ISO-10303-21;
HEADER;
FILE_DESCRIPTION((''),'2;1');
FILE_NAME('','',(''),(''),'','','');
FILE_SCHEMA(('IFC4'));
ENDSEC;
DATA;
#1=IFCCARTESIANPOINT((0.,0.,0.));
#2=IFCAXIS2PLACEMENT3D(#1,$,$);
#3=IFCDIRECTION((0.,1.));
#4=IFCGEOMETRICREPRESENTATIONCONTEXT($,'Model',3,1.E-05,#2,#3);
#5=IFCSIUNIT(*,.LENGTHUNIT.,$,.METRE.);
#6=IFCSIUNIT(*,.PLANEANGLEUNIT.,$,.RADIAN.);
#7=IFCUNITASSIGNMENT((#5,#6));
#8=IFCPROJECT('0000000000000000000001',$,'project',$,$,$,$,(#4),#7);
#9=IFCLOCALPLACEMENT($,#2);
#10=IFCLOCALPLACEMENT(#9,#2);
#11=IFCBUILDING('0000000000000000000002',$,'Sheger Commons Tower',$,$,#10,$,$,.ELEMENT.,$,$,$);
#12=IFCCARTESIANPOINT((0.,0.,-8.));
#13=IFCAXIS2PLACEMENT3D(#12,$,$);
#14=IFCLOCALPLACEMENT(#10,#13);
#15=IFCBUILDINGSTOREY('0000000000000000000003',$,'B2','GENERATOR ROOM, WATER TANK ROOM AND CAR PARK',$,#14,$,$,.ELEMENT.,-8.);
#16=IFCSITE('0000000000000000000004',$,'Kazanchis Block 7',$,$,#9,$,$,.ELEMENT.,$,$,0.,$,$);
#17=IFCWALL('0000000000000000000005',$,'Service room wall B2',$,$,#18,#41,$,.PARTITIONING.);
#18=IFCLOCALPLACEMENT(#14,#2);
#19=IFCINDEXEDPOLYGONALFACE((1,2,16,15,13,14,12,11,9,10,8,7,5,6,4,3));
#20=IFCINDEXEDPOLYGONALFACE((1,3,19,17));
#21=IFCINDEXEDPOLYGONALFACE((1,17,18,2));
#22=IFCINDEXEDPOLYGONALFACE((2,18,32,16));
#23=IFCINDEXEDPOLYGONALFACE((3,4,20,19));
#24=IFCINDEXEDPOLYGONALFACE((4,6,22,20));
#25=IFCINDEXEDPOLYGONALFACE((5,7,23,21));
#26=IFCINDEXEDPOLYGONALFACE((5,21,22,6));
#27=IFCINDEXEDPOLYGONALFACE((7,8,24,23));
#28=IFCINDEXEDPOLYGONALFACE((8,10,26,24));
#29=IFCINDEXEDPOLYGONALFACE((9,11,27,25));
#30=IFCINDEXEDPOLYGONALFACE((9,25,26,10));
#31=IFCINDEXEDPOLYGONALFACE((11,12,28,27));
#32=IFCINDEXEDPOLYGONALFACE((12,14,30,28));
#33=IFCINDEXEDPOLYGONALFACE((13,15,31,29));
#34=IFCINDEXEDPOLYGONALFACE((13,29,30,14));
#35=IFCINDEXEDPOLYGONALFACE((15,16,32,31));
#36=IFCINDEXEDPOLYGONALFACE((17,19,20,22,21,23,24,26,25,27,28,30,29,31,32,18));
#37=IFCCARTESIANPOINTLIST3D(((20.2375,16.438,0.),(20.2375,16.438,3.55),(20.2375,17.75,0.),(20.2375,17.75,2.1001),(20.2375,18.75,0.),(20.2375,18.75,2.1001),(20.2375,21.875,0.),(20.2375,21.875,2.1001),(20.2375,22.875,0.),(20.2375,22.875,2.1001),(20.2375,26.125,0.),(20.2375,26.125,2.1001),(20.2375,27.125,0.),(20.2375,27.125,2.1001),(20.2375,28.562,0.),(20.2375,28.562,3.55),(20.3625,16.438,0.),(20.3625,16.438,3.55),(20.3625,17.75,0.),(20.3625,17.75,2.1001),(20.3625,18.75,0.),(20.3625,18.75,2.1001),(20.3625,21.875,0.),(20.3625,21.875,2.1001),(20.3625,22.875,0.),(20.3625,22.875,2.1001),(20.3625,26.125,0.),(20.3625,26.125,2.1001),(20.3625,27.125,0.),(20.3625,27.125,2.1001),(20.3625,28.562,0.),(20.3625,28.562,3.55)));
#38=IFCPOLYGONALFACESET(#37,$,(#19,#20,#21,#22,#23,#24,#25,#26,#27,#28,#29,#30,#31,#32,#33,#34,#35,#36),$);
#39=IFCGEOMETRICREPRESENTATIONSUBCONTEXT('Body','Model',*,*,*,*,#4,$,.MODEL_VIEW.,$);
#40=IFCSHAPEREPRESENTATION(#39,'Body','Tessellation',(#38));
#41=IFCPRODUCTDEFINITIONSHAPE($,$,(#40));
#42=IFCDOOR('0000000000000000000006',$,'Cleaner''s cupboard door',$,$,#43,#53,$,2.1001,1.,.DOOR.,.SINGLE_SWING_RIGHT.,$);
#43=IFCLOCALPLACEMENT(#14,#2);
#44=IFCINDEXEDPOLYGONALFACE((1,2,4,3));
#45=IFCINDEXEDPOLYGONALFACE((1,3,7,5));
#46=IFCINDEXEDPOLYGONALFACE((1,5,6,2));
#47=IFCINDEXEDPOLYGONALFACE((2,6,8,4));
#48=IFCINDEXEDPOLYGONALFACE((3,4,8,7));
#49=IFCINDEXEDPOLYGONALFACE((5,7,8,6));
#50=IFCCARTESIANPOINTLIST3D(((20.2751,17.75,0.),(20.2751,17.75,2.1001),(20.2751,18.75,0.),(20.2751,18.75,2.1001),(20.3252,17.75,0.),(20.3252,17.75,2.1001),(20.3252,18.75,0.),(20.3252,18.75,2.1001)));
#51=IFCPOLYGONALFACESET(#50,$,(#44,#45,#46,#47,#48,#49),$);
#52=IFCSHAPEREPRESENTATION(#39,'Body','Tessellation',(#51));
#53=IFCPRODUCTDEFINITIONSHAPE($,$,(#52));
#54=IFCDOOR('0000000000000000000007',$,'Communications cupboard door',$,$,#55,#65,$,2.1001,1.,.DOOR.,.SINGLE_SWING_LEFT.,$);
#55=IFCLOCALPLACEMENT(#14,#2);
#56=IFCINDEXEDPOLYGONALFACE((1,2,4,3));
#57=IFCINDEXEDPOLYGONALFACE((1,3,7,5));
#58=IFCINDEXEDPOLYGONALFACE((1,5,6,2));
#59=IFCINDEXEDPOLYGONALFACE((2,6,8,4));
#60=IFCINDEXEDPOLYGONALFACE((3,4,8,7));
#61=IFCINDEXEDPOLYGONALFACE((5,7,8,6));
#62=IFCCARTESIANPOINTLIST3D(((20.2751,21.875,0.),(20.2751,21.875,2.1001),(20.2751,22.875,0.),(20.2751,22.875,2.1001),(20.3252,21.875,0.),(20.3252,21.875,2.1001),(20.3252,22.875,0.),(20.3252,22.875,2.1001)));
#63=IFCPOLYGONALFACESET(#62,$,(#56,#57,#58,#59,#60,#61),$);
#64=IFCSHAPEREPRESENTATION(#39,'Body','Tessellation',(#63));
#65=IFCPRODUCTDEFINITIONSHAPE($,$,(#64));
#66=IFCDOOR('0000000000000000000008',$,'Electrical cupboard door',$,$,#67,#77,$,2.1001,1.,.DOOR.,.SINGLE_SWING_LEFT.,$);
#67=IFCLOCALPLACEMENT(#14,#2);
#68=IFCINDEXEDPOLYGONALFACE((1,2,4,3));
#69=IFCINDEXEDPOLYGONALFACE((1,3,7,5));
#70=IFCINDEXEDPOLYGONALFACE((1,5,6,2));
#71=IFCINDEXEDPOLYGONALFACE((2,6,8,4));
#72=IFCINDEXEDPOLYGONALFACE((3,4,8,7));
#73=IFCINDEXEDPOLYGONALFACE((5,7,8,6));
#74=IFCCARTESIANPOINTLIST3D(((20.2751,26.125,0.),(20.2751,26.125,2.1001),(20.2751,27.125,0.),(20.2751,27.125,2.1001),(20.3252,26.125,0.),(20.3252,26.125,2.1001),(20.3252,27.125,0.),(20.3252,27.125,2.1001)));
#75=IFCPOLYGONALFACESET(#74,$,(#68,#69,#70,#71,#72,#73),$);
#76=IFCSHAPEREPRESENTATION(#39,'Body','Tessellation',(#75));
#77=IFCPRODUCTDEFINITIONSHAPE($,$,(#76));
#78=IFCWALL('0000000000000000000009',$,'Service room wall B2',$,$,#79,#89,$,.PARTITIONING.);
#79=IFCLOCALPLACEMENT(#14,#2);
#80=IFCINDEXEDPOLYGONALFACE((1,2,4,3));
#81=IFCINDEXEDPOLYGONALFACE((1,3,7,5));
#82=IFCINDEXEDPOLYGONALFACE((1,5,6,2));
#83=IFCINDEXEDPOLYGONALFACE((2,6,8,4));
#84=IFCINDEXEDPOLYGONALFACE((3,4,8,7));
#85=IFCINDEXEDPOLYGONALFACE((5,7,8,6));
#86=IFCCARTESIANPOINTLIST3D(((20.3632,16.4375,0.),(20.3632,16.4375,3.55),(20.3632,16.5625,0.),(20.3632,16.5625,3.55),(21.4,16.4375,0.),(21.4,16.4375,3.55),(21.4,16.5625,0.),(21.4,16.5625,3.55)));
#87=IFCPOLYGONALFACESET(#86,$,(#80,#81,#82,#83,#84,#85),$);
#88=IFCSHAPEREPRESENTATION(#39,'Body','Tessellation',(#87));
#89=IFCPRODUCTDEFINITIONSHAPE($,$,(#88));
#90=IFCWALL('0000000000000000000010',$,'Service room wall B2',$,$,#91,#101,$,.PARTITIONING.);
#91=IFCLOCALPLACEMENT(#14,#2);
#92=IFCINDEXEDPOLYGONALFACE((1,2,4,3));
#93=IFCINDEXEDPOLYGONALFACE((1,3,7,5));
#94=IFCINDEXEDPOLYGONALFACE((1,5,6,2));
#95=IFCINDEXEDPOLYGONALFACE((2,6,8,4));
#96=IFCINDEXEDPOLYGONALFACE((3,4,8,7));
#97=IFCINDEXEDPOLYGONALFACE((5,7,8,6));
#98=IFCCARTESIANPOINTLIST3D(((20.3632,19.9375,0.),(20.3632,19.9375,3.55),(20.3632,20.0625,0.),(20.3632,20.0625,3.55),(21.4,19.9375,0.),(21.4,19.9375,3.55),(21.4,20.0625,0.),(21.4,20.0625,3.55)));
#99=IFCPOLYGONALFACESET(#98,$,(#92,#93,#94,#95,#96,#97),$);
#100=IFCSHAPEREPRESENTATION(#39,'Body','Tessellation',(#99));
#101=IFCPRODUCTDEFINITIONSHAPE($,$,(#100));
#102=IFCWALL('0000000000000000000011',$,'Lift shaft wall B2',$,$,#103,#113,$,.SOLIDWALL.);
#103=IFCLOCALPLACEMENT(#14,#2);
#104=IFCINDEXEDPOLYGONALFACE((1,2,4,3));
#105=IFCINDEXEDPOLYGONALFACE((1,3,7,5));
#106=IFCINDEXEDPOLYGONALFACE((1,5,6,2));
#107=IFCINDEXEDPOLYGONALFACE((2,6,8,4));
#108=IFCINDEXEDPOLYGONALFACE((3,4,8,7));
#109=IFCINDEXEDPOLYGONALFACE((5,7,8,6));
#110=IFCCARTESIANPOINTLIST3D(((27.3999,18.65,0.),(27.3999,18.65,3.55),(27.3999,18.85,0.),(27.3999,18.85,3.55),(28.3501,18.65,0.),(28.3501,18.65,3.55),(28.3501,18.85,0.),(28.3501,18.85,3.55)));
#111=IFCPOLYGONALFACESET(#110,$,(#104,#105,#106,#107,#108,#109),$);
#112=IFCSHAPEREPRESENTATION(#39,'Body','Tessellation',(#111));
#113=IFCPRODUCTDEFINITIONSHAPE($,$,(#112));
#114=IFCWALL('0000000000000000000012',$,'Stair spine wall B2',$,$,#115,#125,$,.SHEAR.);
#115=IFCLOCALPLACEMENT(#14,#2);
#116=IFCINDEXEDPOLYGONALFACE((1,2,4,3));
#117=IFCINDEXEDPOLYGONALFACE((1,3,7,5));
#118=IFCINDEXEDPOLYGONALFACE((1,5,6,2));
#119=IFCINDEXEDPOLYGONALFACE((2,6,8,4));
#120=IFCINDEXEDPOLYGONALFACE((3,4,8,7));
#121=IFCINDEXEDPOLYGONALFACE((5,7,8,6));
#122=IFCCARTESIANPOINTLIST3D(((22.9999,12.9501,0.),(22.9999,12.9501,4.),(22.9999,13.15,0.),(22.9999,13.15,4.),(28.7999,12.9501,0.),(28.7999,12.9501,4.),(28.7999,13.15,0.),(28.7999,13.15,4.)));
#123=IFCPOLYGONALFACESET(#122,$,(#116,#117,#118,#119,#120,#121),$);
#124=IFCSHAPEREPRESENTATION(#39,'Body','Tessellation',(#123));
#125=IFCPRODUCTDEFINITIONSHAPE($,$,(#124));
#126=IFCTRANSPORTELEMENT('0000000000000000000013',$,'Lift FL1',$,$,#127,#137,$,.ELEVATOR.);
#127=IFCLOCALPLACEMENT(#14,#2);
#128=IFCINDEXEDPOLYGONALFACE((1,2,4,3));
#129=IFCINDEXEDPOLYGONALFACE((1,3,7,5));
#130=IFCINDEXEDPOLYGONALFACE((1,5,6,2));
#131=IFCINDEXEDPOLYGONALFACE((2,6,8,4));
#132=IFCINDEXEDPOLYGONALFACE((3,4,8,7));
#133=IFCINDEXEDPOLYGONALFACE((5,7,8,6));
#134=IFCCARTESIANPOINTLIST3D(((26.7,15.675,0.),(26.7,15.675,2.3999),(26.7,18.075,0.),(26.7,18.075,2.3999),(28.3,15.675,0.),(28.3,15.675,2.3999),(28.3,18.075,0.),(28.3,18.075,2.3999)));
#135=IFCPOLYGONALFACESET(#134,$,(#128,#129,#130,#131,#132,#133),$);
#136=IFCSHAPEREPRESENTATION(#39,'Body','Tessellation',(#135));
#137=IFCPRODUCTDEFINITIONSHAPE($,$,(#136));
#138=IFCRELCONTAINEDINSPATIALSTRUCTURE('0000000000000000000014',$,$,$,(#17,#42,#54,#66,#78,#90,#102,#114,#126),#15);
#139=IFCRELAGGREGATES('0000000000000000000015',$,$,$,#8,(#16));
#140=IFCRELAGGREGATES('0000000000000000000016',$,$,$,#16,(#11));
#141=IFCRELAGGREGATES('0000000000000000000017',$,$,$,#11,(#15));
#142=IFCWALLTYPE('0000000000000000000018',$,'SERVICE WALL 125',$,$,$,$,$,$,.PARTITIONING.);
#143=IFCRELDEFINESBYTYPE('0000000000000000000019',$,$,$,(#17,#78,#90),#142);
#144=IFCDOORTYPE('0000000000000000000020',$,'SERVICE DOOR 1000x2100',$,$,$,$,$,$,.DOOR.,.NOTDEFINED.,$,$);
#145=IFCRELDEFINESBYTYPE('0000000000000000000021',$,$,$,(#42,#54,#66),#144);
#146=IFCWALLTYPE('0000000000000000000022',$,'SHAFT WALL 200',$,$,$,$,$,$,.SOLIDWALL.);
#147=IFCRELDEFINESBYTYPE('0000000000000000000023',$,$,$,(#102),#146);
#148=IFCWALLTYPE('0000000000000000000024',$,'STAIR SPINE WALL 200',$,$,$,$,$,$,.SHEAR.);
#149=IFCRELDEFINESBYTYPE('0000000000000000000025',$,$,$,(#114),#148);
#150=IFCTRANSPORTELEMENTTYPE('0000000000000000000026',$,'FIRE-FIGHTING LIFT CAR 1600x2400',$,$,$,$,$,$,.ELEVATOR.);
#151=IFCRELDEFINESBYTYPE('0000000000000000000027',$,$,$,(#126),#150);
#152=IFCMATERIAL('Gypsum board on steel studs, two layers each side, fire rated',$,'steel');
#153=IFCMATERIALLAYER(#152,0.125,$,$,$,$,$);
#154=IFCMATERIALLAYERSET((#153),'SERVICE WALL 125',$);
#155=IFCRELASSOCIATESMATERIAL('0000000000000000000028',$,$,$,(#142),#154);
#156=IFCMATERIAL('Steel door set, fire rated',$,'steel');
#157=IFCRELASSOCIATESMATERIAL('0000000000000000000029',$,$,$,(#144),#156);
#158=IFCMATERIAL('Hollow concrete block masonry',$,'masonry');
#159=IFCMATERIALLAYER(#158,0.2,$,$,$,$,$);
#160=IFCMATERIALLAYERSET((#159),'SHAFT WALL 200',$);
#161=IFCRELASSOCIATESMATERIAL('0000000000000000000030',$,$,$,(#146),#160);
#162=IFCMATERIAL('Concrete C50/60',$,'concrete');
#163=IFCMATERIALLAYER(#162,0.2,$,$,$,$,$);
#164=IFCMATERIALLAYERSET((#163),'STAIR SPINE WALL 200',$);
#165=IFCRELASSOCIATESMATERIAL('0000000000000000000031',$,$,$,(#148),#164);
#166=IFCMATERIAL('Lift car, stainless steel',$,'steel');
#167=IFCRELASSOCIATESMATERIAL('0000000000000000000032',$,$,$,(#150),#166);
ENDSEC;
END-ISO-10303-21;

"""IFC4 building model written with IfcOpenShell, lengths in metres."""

from ifc_helpers import new_model, si_unit, direction, frame, frame_2d, origin, origin_2d, place, context, subcontext, project, spatial, rectangle, extrude, material, layer, layer_set, type_object, element, fill, save


model = new_model("IFC4")

# Units and contexts
model_context = context("Model", 3, precision=1e-05, world=origin(), true_north=direction((0.0, 1.0)))
body_context = subcontext(model_context, "Body", "Model", "MODEL_VIEW")
ifc_project = project(units=[si_unit("LENGTHUNIT", "METRE"), si_unit("PLANEANGLEUNIT", "RADIAN")], contexts=[model_context])

# Site, building, storey
site_placement = place(None, origin())
site = spatial("IfcSite", under=ifc_project, at=site_placement, Name="Kazanchis Block 7", CompositionType="ELEMENT", RefElevation=0.0)
building_placement = place(site_placement, origin())
building = spatial("IfcBuilding", under=site, at=building_placement, Name="Sheger Commons Tower", CompositionType="ELEMENT")
storey_placement = place(building_placement, frame((0.0, 0.0, -8.0)))
storey = spatial("IfcBuildingStorey", under=building, at=storey_placement, Name="B2", Description="GENERATOR ROOM, WATER TANK ROOM AND CAR PARK", CompositionType="ELEMENT", Elevation=-8.0)

# Wall, openings, doors
ifc_material_1 = material(Name="Gypsum board on steel studs, two layers each side, fire rated", Category="steel")
ifc_layer_1 = layer(ifc_material_1, 0.125)
ifc_layer_set_1 = layer_set([ifc_layer_1], Name="SERVICE WALL 125")
wall_type_1 = type_object("IfcWallType", Name="SERVICE WALL 125", PredefinedType="PARTITIONING", material=ifc_layer_set_1)
wall_1_placement = place(storey_placement, frame((20.3, 16.438, 0.0), z_axis=(0.0, 0.0, 1.0), x_axis=(0.0, 1.0, 0.0)))
wall_1 = element("IfcWall", 1, at=wall_1_placement, inside=storey, type_object=wall_type_1, Name="Service room wall B2", PredefinedType="PARTITIONING", context=body_context, shape_type="SweptSolid", body=[
    extrude(rectangle(XDim=12.124, YDim=0.125, at=frame_2d((6.062, 0.0))), origin(), (0.0, 0.0, 1.0), 3.55),
])
opening_1_placement = place(wall_1_placement, frame((1.312, 0.0, 0.0)))
opening_1 = element("IfcOpeningElement", 2, at=opening_1_placement, cuts=wall_1, PredefinedType="OPENING", context=body_context, shape_type="SweptSolid", body=[
    extrude(rectangle(XDim=1.0, YDim=2.1001, at=frame_2d((0.5, 1.05))), frame((0.0, 0.0725, 0.0), z_axis=(0.0, -1.0, 0.0), x_axis=(1.0, 0.0, 0.0)), (0.0, 0.0, 1.0), 0.145),
])
opening_2_placement = place(wall_1_placement, frame((5.437, 0.0, 0.0)))
opening_2 = element("IfcOpeningElement", 3, at=opening_2_placement, cuts=wall_1, PredefinedType="OPENING", context=body_context, shape_type="SweptSolid", body=[
    extrude(rectangle(XDim=1.0, YDim=2.1001, at=frame_2d((0.5, 1.05))), frame((0.0, 0.0725, 0.0), z_axis=(0.0, -1.0, 0.0), x_axis=(1.0, 0.0, 0.0)), (0.0, 0.0, 1.0), 0.145),
])
opening_3_placement = place(wall_1_placement, frame((9.687, 0.0, 0.0)))
opening_3 = element("IfcOpeningElement", 4, at=opening_3_placement, cuts=wall_1, PredefinedType="OPENING", context=body_context, shape_type="SweptSolid", body=[
    extrude(rectangle(XDim=1.0, YDim=2.1001, at=frame_2d((0.5, 1.05))), frame((0.0, 0.0725, 0.0), z_axis=(0.0, -1.0, 0.0), x_axis=(1.0, 0.0, 0.0)), (0.0, 0.0, 1.0), 0.145),
])
ifc_material_2 = material(Name="Steel door set, fire rated", Category="steel")
door_type_1 = type_object("IfcDoorType", Name="SERVICE DOOR 1000x2100", OperationType="NOTDEFINED", PredefinedType="DOOR", material=ifc_material_2)
door_1_placement = place(opening_1_placement, origin())
door_1 = element("IfcDoor", 5, at=door_1_placement, inside=storey, type_object=door_type_1, Name="Cleaner's cupboard door", OperationType="SINGLE_SWING_RIGHT", OverallHeight=2.1001, OverallWidth=1.0, PredefinedType="DOOR", context=body_context, shape_type="SweptSolid", body=[
    extrude(rectangle(XDim=1.0, YDim=2.1001, at=frame_2d((0.5, 1.05))), frame((0.0, 0.0249, 0.0), z_axis=(0.0, -1.0, 0.0), x_axis=(1.0, 0.0, 0.0)), (0.0, 0.0, 1.0), 0.05),
])
fill(opening_1, door_1)
door_2_placement = place(opening_2_placement, origin())
door_2 = element("IfcDoor", 6, at=door_2_placement, inside=storey, type_object=door_type_1, Name="Communications cupboard door", OperationType="SINGLE_SWING_LEFT", OverallHeight=2.1001, OverallWidth=1.0, PredefinedType="DOOR", context=body_context, shape_type="SweptSolid", body=[
    extrude(rectangle(XDim=1.0, YDim=2.1001, at=frame_2d((0.5, 1.05))), frame((0.0, 0.0249, 0.0), z_axis=(0.0, -1.0, 0.0), x_axis=(1.0, 0.0, 0.0)), (0.0, 0.0, 1.0), 0.05),
])
fill(opening_2, door_2)
door_3_placement = place(opening_3_placement, origin())
door_3 = element("IfcDoor", 7, at=door_3_placement, inside=storey, type_object=door_type_1, Name="Electrical cupboard door", OperationType="SINGLE_SWING_LEFT", OverallHeight=2.1001, OverallWidth=1.0, PredefinedType="DOOR", context=body_context, shape_type="SweptSolid", body=[
    extrude(rectangle(XDim=1.0, YDim=2.1001, at=frame_2d((0.5, 1.05))), frame((0.0, 0.0249, 0.0), z_axis=(0.0, -1.0, 0.0), x_axis=(1.0, 0.0, 0.0)), (0.0, 0.0, 1.0), 0.05),
])
fill(opening_3, door_3)

# Walls
for number, where, z_axis, x_axis, name in (
    (8, (20.363, 16.5, 0.0), (0.0, 0.0, 1.0), (1.0, 0.0, 0.0), "Service room wall B2"),
    (9, (20.363, 20.0, 0.0), (0.0, 0.0, 1.0), (1.0, 0.0, 0.0), "Service room wall B2"),
):
    element("IfcWall", number, at=place(storey_placement, frame(where, z_axis=z_axis, x_axis=x_axis)), inside=storey, type_object=wall_type_1, Name=name, PredefinedType="PARTITIONING", context=body_context, shape_type="SweptSolid", body=[
        extrude(rectangle(XDim=1.0369, YDim=0.125, at=frame_2d((0.5186, 0.0))), origin(), (0.0, 0.0, 1.0), 3.55),
    ])
ifc_material_3 = material(Name="Hollow concrete block masonry", Category="masonry")
ifc_layer_2 = layer(ifc_material_3, 0.2)
ifc_layer_set_2 = layer_set([ifc_layer_2], Name="SHAFT WALL 200")
wall_type_2 = type_object("IfcWallType", Name="SHAFT WALL 200", PredefinedType="SOLIDWALL", material=ifc_layer_set_2)
wall_2_placement = place(storey_placement, frame((27.3999, 18.75, 0.0), z_axis=(0.0, 0.0, 1.0), x_axis=(1.0, 0.0, 0.0)))
element("IfcWall", 10, at=wall_2_placement, inside=storey, type_object=wall_type_2, Name="Lift shaft wall B2", PredefinedType="SOLIDWALL", context=body_context, shape_type="SweptSolid", body=[
    extrude(rectangle(XDim=0.9502, YDim=0.2, at=frame_2d((0.4751, 0.0))), origin(), (0.0, 0.0, 1.0), 3.55),
])
ifc_material_4 = material(Name="Concrete C50/60", Category="concrete")
ifc_layer_3 = layer(ifc_material_4, 0.2)
ifc_layer_set_3 = layer_set([ifc_layer_3], Name="STAIR SPINE WALL 200")
wall_type_3 = type_object("IfcWallType", Name="STAIR SPINE WALL 200", PredefinedType="SHEAR", material=ifc_layer_set_3)
wall_3_placement = place(storey_placement, frame((23.0, 13.05, 0.0), z_axis=(0.0, 0.0, 1.0), x_axis=(1.0, 0.0, 0.0)))
element("IfcWall", 11, at=wall_3_placement, inside=storey, type_object=wall_type_3, Name="Stair spine wall B2", PredefinedType="SHEAR", context=body_context, shape_type="SweptSolid", body=[
    extrude(rectangle(XDim=5.8, YDim=0.2, at=frame_2d((2.8999, 0.0))), origin(), (0.0, 0.0, 1.0), 4.0),
])

# Transport element
ifc_material_5 = material(Name="Lift car, stainless steel", Category="steel")
transport_element_type = type_object("IfcTransportElementType", Name="FIRE-FIGHTING LIFT CAR 1600x2400", PredefinedType="ELEVATOR", material=ifc_material_5)
transport_element_placement = place(storey_placement, frame((27.5, 16.875, 0.0), z_axis=(0.0, 0.0, 1.0), x_axis=(1.0, 0.0, 0.0)))
element("IfcTransportElement", 12, at=transport_element_placement, inside=storey, type_object=transport_element_type, Name="Lift FL1", PredefinedType="ELEVATOR", context=body_context, shape_type="SweptSolid", body=[
    extrude(rectangle(XDim=1.6001, YDim=2.3999, at=origin_2d()), origin(), (0.0, 0.0, 1.0), 2.3999),
])

save(model, "model.ifc")
